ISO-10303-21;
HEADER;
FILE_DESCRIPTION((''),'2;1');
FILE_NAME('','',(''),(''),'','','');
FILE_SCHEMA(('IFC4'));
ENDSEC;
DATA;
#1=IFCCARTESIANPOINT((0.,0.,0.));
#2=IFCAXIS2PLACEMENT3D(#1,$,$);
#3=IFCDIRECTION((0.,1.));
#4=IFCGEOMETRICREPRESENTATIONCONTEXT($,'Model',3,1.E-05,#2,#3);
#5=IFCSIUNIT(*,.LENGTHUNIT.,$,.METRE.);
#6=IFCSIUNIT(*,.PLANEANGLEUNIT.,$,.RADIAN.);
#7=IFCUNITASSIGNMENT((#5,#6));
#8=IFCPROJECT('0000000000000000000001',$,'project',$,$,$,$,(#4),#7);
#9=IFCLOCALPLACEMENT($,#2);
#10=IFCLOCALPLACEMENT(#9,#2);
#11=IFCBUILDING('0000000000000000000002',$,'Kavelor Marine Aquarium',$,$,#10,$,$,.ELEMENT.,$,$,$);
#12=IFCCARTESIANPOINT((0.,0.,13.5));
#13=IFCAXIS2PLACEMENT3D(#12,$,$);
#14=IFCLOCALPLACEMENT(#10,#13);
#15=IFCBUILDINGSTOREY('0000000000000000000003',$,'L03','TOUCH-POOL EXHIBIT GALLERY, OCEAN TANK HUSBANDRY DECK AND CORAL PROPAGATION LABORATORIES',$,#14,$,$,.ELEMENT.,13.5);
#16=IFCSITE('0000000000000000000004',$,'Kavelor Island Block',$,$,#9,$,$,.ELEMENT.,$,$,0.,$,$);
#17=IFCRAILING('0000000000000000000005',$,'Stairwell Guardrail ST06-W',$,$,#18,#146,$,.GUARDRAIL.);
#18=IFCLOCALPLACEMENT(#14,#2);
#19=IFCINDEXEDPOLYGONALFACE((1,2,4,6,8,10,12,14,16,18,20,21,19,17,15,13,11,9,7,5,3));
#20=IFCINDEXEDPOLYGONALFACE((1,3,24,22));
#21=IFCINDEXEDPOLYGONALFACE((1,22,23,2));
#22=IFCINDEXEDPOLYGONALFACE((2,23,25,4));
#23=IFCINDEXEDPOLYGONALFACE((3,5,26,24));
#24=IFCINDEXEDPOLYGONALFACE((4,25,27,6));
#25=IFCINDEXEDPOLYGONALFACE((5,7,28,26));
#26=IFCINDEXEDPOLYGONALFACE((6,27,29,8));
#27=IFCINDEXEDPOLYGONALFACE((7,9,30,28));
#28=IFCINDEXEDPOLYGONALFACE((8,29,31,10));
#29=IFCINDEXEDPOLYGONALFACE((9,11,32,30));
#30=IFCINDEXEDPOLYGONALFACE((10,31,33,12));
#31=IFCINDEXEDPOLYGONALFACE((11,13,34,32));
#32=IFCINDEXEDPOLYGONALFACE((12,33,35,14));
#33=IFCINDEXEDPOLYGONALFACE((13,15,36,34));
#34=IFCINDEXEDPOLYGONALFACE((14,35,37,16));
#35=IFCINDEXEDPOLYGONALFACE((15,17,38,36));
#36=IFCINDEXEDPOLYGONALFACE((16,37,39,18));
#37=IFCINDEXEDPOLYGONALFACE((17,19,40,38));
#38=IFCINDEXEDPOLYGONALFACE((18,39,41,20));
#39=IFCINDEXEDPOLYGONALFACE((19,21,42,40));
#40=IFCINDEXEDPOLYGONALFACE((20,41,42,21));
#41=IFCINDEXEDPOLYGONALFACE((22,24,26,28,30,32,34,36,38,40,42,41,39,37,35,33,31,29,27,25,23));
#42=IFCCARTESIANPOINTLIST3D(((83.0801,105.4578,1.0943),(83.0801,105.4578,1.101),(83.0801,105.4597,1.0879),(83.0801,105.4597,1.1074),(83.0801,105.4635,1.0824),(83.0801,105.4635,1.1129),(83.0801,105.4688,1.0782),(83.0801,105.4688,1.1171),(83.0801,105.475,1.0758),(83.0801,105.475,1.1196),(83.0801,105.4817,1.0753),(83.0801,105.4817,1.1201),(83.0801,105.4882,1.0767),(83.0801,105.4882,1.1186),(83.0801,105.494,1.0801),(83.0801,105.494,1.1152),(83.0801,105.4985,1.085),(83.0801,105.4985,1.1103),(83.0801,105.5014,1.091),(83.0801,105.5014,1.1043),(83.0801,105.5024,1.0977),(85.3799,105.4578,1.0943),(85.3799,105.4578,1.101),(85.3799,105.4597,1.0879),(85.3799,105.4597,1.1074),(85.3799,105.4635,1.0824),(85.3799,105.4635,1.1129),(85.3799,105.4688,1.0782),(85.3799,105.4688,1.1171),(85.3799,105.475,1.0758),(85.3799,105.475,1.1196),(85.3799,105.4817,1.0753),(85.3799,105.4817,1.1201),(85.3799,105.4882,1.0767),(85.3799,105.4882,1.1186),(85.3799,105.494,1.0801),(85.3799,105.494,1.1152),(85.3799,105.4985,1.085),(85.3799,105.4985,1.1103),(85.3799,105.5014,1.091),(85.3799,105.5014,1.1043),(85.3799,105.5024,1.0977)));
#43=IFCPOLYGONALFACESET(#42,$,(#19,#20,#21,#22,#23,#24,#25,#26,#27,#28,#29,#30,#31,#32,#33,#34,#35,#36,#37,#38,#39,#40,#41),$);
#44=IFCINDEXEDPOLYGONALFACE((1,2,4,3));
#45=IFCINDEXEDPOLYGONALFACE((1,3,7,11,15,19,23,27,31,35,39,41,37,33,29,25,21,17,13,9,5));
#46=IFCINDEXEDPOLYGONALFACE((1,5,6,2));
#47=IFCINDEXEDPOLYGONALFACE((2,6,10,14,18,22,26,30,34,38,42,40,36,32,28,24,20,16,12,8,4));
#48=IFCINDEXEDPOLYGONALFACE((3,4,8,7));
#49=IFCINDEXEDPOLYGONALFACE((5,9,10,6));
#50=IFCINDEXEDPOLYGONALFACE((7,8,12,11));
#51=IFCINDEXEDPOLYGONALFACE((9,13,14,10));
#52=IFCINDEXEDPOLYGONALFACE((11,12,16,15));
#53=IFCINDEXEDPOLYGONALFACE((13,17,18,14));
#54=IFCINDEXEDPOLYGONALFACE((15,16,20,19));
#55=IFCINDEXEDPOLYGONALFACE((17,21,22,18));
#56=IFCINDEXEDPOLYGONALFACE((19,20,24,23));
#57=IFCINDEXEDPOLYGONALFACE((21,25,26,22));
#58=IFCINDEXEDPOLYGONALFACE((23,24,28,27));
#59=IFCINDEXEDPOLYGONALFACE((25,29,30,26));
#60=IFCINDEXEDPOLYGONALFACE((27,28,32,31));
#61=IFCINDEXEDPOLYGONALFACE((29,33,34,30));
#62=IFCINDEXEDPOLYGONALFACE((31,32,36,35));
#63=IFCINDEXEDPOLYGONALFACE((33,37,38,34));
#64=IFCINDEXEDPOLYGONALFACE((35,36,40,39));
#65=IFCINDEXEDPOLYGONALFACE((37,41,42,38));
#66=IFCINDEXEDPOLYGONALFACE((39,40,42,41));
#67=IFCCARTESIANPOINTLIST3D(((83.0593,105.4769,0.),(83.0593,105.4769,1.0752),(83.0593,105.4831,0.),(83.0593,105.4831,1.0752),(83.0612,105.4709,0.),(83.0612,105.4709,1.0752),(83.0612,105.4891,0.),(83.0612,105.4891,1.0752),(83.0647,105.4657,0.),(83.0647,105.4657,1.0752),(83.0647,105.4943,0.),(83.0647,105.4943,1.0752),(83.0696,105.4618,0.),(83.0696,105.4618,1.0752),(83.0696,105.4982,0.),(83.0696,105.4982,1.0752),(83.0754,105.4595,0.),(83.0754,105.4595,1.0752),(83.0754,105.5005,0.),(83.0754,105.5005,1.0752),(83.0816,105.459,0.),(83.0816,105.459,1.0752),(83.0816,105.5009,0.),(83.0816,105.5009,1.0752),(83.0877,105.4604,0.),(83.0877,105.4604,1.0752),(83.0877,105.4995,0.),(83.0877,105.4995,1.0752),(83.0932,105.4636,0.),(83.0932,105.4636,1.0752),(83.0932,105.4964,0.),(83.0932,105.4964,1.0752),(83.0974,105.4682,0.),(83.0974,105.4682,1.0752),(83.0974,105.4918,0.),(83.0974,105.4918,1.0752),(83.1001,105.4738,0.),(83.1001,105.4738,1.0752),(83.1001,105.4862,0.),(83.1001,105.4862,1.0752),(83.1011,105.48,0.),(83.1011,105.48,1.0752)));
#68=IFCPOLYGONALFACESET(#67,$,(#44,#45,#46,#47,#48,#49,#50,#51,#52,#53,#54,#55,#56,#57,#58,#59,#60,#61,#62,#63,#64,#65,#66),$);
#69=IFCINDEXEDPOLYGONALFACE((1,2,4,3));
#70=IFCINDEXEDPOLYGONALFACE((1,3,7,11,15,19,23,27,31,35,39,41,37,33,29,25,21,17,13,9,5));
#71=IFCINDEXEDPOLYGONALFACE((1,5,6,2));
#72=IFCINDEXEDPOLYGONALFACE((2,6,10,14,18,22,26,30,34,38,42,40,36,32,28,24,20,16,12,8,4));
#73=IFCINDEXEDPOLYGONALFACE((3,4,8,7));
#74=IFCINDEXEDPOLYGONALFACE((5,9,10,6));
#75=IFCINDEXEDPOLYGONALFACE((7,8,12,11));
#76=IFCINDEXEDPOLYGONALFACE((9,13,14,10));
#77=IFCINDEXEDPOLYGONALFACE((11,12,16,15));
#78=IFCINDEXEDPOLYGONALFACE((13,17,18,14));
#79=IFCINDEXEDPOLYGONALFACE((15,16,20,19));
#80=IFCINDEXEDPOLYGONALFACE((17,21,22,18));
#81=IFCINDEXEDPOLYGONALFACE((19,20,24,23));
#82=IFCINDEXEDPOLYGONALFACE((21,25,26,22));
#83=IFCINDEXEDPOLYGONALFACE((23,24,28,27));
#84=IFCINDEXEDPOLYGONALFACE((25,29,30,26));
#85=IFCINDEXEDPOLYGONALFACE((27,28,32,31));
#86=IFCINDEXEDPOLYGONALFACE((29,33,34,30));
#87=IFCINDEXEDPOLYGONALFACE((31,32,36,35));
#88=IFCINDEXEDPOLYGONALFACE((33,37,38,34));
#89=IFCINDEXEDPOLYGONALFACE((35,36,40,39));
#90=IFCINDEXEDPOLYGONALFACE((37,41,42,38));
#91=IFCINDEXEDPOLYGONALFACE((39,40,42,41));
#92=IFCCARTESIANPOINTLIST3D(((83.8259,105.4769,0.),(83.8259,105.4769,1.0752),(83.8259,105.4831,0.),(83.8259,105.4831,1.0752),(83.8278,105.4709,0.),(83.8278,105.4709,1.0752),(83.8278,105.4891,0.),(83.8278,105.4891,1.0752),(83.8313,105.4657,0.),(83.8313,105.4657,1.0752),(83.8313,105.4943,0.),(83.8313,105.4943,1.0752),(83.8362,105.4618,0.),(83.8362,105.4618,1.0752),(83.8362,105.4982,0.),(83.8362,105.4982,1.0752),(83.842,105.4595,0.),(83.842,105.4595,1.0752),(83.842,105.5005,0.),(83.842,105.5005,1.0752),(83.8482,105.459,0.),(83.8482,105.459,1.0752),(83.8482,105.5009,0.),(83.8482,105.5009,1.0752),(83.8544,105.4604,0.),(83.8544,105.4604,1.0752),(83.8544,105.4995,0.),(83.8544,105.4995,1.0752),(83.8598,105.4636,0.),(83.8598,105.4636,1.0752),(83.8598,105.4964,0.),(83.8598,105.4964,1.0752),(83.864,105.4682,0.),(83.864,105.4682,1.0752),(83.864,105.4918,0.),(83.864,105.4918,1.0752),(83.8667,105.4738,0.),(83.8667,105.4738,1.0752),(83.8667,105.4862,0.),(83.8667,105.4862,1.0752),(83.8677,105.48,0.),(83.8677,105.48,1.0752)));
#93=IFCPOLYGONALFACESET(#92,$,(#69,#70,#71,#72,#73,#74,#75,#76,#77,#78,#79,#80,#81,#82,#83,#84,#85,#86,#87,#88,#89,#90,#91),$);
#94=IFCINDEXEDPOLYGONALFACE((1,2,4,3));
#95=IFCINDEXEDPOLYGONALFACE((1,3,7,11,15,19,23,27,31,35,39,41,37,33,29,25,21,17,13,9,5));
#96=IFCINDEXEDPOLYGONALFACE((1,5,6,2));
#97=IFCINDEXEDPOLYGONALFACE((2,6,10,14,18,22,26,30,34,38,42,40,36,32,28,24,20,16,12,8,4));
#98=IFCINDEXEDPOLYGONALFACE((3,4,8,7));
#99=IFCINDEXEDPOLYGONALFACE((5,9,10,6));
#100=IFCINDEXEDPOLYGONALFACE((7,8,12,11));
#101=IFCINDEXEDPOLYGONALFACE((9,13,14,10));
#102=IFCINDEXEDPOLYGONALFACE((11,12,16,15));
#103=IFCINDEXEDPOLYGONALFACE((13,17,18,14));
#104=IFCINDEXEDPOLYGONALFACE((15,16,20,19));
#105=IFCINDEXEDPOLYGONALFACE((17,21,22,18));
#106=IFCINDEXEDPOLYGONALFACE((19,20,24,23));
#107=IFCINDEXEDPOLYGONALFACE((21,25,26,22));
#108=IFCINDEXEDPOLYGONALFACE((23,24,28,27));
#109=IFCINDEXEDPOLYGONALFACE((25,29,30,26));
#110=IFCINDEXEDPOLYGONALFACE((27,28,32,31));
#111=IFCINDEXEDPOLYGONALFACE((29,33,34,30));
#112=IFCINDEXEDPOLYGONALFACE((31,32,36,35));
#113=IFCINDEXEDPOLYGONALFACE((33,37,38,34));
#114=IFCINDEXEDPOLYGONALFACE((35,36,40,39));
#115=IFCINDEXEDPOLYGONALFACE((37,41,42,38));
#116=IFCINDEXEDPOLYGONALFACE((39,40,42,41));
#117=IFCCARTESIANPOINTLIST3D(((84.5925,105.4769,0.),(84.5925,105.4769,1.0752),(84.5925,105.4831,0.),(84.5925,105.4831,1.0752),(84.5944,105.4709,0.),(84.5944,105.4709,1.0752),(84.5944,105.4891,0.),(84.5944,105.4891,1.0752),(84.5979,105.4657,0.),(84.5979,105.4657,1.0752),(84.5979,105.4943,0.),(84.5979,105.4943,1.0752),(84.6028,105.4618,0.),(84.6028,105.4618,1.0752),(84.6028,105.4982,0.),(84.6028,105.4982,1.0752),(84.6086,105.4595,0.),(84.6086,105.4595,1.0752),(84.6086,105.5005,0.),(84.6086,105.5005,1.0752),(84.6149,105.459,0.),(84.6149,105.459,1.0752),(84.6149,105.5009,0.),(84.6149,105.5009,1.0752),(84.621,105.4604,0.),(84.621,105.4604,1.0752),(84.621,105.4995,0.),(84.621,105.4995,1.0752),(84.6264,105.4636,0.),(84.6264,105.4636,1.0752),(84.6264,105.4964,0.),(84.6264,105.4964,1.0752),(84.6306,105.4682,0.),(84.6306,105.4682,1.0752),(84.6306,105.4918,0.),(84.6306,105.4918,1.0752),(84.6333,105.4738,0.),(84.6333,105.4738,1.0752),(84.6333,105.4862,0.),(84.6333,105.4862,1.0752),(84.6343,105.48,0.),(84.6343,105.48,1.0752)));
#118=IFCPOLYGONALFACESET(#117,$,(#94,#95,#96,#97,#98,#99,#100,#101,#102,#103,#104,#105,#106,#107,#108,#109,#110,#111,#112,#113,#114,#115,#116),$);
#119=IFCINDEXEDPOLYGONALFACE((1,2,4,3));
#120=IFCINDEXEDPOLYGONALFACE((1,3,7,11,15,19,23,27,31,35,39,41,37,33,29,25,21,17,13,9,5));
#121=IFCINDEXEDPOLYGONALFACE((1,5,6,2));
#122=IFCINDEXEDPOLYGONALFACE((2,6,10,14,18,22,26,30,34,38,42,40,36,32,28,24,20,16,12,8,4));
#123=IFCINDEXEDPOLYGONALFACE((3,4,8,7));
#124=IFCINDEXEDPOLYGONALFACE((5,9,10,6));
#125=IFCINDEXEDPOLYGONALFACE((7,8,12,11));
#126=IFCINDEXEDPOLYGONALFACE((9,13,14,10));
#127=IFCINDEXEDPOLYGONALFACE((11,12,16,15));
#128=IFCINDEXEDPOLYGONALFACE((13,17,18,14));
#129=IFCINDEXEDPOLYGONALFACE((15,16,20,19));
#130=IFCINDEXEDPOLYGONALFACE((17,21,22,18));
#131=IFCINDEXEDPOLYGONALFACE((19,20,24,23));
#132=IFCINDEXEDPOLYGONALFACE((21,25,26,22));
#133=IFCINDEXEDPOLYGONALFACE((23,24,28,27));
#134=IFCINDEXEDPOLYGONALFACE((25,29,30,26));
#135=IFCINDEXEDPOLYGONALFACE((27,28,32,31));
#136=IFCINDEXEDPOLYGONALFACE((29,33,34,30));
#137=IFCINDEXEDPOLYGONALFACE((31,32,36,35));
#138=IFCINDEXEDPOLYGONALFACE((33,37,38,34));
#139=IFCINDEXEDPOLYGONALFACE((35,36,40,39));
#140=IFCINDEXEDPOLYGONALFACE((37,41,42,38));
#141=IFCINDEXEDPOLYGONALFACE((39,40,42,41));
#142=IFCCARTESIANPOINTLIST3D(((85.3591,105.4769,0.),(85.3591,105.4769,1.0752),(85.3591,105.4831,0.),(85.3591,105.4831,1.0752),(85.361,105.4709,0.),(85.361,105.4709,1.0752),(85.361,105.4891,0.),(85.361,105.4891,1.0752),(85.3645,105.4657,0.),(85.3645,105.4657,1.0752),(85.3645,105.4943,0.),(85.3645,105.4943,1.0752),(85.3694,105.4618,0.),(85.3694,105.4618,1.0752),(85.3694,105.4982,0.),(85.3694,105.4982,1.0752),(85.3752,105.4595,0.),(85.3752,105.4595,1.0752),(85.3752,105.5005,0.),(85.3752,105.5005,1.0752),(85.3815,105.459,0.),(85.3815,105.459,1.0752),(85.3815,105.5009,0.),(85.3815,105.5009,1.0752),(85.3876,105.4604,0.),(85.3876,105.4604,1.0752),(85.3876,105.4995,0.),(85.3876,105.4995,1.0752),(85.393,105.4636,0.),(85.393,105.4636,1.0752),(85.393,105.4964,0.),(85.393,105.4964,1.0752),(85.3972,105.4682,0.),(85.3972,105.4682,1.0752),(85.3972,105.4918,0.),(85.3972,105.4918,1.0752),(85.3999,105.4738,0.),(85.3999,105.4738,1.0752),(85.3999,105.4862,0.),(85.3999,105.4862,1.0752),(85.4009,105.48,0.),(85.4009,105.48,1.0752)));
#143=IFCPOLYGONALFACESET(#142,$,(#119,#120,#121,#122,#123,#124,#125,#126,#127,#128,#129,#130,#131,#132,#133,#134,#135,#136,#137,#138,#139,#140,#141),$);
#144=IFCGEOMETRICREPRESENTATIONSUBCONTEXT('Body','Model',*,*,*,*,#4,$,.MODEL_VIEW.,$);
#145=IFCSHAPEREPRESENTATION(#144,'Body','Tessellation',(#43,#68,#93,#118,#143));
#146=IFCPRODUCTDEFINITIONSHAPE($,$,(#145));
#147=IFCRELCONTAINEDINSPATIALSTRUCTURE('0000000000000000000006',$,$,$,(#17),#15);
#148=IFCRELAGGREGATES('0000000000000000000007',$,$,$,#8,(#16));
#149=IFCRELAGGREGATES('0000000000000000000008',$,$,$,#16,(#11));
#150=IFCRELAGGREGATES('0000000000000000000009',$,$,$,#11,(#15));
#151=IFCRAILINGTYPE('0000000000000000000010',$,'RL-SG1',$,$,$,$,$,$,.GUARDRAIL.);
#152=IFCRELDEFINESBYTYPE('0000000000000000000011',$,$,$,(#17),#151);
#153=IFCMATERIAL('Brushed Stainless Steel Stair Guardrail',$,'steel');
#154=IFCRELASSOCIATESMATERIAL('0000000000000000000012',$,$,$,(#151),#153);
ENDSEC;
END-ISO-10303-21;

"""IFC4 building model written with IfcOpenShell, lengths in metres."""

from ifc_helpers import new_model, si_unit, direction, frame, origin, origin_2d, place, context, subcontext, project, spatial, circle, extrude, material, type_object, element, save


model = new_model("IFC4")

# Units and contexts
model_context = context("Model", 3, precision=1e-05, world=origin(), true_north=direction((0.0, 1.0)))
body_context = subcontext(model_context, "Body", "Model", "MODEL_VIEW")
ifc_project = project(units=[si_unit("LENGTHUNIT", "METRE"), si_unit("PLANEANGLEUNIT", "RADIAN")], contexts=[model_context])

# Site, building, storey
site_placement = place(None, origin())
site = spatial("IfcSite", under=ifc_project, at=site_placement, Name="Kavelor Island Block", CompositionType="ELEMENT", RefElevation=0.0)
building_placement = place(site_placement, origin())
building = spatial("IfcBuilding", under=site, at=building_placement, Name="Kavelor Marine Aquarium", CompositionType="ELEMENT")
storey_placement = place(building_placement, frame((0.0, 0.0, 13.5)))
storey = spatial("IfcBuildingStorey", under=building, at=storey_placement, Name="L03", Description="TOUCH-POOL EXHIBIT GALLERY, OCEAN TANK HUSBANDRY DECK AND CORAL PROPAGATION LABORATORIES", CompositionType="ELEMENT", Elevation=13.5)

# Railing
ifc_material_1 = material(Name="Brushed Stainless Steel Stair Guardrail", Category="steel")
railing_type_1 = type_object("IfcRailingType", Name="RL-SG1", PredefinedType="GUARDRAIL", material=ifc_material_1)
railing_1_placement = place(storey_placement, frame((83.0801, 105.48, 0.0)))
element("IfcRailing", 1, at=railing_1_placement, inside=storey, type_object=railing_type_1, Name="Stairwell Guardrail ST06-W", PredefinedType="GUARDRAIL", context=body_context, shape_type="SweptSolid", body=[
    extrude(circle(Radius=0.0225, at=origin_2d()), frame((0.0, 0.0, 1.0977), z_axis=(1.0, 0.0, 0.0), x_axis=(0.0, 1.0, 0.0)), (0.0, 0.0, 1.0), 2.2998),
    extrude(circle(Radius=0.021, at=origin_2d()), origin(), (0.0, 0.0, 1.0), 1.0752),
    extrude(circle(Radius=0.021, at=origin_2d()), frame((0.7666, 0.0, 0.0)), (0.0, 0.0, 1.0), 1.0752),
    extrude(circle(Radius=0.021, at=origin_2d()), frame((1.5332, 0.0, 0.0)), (0.0, 0.0, 1.0), 1.0752),
    extrude(circle(Radius=0.021, at=origin_2d()), frame((2.2998, 0.0, 0.0)), (0.0, 0.0, 1.0), 1.0752),
])

save(model, "model.ifc")
